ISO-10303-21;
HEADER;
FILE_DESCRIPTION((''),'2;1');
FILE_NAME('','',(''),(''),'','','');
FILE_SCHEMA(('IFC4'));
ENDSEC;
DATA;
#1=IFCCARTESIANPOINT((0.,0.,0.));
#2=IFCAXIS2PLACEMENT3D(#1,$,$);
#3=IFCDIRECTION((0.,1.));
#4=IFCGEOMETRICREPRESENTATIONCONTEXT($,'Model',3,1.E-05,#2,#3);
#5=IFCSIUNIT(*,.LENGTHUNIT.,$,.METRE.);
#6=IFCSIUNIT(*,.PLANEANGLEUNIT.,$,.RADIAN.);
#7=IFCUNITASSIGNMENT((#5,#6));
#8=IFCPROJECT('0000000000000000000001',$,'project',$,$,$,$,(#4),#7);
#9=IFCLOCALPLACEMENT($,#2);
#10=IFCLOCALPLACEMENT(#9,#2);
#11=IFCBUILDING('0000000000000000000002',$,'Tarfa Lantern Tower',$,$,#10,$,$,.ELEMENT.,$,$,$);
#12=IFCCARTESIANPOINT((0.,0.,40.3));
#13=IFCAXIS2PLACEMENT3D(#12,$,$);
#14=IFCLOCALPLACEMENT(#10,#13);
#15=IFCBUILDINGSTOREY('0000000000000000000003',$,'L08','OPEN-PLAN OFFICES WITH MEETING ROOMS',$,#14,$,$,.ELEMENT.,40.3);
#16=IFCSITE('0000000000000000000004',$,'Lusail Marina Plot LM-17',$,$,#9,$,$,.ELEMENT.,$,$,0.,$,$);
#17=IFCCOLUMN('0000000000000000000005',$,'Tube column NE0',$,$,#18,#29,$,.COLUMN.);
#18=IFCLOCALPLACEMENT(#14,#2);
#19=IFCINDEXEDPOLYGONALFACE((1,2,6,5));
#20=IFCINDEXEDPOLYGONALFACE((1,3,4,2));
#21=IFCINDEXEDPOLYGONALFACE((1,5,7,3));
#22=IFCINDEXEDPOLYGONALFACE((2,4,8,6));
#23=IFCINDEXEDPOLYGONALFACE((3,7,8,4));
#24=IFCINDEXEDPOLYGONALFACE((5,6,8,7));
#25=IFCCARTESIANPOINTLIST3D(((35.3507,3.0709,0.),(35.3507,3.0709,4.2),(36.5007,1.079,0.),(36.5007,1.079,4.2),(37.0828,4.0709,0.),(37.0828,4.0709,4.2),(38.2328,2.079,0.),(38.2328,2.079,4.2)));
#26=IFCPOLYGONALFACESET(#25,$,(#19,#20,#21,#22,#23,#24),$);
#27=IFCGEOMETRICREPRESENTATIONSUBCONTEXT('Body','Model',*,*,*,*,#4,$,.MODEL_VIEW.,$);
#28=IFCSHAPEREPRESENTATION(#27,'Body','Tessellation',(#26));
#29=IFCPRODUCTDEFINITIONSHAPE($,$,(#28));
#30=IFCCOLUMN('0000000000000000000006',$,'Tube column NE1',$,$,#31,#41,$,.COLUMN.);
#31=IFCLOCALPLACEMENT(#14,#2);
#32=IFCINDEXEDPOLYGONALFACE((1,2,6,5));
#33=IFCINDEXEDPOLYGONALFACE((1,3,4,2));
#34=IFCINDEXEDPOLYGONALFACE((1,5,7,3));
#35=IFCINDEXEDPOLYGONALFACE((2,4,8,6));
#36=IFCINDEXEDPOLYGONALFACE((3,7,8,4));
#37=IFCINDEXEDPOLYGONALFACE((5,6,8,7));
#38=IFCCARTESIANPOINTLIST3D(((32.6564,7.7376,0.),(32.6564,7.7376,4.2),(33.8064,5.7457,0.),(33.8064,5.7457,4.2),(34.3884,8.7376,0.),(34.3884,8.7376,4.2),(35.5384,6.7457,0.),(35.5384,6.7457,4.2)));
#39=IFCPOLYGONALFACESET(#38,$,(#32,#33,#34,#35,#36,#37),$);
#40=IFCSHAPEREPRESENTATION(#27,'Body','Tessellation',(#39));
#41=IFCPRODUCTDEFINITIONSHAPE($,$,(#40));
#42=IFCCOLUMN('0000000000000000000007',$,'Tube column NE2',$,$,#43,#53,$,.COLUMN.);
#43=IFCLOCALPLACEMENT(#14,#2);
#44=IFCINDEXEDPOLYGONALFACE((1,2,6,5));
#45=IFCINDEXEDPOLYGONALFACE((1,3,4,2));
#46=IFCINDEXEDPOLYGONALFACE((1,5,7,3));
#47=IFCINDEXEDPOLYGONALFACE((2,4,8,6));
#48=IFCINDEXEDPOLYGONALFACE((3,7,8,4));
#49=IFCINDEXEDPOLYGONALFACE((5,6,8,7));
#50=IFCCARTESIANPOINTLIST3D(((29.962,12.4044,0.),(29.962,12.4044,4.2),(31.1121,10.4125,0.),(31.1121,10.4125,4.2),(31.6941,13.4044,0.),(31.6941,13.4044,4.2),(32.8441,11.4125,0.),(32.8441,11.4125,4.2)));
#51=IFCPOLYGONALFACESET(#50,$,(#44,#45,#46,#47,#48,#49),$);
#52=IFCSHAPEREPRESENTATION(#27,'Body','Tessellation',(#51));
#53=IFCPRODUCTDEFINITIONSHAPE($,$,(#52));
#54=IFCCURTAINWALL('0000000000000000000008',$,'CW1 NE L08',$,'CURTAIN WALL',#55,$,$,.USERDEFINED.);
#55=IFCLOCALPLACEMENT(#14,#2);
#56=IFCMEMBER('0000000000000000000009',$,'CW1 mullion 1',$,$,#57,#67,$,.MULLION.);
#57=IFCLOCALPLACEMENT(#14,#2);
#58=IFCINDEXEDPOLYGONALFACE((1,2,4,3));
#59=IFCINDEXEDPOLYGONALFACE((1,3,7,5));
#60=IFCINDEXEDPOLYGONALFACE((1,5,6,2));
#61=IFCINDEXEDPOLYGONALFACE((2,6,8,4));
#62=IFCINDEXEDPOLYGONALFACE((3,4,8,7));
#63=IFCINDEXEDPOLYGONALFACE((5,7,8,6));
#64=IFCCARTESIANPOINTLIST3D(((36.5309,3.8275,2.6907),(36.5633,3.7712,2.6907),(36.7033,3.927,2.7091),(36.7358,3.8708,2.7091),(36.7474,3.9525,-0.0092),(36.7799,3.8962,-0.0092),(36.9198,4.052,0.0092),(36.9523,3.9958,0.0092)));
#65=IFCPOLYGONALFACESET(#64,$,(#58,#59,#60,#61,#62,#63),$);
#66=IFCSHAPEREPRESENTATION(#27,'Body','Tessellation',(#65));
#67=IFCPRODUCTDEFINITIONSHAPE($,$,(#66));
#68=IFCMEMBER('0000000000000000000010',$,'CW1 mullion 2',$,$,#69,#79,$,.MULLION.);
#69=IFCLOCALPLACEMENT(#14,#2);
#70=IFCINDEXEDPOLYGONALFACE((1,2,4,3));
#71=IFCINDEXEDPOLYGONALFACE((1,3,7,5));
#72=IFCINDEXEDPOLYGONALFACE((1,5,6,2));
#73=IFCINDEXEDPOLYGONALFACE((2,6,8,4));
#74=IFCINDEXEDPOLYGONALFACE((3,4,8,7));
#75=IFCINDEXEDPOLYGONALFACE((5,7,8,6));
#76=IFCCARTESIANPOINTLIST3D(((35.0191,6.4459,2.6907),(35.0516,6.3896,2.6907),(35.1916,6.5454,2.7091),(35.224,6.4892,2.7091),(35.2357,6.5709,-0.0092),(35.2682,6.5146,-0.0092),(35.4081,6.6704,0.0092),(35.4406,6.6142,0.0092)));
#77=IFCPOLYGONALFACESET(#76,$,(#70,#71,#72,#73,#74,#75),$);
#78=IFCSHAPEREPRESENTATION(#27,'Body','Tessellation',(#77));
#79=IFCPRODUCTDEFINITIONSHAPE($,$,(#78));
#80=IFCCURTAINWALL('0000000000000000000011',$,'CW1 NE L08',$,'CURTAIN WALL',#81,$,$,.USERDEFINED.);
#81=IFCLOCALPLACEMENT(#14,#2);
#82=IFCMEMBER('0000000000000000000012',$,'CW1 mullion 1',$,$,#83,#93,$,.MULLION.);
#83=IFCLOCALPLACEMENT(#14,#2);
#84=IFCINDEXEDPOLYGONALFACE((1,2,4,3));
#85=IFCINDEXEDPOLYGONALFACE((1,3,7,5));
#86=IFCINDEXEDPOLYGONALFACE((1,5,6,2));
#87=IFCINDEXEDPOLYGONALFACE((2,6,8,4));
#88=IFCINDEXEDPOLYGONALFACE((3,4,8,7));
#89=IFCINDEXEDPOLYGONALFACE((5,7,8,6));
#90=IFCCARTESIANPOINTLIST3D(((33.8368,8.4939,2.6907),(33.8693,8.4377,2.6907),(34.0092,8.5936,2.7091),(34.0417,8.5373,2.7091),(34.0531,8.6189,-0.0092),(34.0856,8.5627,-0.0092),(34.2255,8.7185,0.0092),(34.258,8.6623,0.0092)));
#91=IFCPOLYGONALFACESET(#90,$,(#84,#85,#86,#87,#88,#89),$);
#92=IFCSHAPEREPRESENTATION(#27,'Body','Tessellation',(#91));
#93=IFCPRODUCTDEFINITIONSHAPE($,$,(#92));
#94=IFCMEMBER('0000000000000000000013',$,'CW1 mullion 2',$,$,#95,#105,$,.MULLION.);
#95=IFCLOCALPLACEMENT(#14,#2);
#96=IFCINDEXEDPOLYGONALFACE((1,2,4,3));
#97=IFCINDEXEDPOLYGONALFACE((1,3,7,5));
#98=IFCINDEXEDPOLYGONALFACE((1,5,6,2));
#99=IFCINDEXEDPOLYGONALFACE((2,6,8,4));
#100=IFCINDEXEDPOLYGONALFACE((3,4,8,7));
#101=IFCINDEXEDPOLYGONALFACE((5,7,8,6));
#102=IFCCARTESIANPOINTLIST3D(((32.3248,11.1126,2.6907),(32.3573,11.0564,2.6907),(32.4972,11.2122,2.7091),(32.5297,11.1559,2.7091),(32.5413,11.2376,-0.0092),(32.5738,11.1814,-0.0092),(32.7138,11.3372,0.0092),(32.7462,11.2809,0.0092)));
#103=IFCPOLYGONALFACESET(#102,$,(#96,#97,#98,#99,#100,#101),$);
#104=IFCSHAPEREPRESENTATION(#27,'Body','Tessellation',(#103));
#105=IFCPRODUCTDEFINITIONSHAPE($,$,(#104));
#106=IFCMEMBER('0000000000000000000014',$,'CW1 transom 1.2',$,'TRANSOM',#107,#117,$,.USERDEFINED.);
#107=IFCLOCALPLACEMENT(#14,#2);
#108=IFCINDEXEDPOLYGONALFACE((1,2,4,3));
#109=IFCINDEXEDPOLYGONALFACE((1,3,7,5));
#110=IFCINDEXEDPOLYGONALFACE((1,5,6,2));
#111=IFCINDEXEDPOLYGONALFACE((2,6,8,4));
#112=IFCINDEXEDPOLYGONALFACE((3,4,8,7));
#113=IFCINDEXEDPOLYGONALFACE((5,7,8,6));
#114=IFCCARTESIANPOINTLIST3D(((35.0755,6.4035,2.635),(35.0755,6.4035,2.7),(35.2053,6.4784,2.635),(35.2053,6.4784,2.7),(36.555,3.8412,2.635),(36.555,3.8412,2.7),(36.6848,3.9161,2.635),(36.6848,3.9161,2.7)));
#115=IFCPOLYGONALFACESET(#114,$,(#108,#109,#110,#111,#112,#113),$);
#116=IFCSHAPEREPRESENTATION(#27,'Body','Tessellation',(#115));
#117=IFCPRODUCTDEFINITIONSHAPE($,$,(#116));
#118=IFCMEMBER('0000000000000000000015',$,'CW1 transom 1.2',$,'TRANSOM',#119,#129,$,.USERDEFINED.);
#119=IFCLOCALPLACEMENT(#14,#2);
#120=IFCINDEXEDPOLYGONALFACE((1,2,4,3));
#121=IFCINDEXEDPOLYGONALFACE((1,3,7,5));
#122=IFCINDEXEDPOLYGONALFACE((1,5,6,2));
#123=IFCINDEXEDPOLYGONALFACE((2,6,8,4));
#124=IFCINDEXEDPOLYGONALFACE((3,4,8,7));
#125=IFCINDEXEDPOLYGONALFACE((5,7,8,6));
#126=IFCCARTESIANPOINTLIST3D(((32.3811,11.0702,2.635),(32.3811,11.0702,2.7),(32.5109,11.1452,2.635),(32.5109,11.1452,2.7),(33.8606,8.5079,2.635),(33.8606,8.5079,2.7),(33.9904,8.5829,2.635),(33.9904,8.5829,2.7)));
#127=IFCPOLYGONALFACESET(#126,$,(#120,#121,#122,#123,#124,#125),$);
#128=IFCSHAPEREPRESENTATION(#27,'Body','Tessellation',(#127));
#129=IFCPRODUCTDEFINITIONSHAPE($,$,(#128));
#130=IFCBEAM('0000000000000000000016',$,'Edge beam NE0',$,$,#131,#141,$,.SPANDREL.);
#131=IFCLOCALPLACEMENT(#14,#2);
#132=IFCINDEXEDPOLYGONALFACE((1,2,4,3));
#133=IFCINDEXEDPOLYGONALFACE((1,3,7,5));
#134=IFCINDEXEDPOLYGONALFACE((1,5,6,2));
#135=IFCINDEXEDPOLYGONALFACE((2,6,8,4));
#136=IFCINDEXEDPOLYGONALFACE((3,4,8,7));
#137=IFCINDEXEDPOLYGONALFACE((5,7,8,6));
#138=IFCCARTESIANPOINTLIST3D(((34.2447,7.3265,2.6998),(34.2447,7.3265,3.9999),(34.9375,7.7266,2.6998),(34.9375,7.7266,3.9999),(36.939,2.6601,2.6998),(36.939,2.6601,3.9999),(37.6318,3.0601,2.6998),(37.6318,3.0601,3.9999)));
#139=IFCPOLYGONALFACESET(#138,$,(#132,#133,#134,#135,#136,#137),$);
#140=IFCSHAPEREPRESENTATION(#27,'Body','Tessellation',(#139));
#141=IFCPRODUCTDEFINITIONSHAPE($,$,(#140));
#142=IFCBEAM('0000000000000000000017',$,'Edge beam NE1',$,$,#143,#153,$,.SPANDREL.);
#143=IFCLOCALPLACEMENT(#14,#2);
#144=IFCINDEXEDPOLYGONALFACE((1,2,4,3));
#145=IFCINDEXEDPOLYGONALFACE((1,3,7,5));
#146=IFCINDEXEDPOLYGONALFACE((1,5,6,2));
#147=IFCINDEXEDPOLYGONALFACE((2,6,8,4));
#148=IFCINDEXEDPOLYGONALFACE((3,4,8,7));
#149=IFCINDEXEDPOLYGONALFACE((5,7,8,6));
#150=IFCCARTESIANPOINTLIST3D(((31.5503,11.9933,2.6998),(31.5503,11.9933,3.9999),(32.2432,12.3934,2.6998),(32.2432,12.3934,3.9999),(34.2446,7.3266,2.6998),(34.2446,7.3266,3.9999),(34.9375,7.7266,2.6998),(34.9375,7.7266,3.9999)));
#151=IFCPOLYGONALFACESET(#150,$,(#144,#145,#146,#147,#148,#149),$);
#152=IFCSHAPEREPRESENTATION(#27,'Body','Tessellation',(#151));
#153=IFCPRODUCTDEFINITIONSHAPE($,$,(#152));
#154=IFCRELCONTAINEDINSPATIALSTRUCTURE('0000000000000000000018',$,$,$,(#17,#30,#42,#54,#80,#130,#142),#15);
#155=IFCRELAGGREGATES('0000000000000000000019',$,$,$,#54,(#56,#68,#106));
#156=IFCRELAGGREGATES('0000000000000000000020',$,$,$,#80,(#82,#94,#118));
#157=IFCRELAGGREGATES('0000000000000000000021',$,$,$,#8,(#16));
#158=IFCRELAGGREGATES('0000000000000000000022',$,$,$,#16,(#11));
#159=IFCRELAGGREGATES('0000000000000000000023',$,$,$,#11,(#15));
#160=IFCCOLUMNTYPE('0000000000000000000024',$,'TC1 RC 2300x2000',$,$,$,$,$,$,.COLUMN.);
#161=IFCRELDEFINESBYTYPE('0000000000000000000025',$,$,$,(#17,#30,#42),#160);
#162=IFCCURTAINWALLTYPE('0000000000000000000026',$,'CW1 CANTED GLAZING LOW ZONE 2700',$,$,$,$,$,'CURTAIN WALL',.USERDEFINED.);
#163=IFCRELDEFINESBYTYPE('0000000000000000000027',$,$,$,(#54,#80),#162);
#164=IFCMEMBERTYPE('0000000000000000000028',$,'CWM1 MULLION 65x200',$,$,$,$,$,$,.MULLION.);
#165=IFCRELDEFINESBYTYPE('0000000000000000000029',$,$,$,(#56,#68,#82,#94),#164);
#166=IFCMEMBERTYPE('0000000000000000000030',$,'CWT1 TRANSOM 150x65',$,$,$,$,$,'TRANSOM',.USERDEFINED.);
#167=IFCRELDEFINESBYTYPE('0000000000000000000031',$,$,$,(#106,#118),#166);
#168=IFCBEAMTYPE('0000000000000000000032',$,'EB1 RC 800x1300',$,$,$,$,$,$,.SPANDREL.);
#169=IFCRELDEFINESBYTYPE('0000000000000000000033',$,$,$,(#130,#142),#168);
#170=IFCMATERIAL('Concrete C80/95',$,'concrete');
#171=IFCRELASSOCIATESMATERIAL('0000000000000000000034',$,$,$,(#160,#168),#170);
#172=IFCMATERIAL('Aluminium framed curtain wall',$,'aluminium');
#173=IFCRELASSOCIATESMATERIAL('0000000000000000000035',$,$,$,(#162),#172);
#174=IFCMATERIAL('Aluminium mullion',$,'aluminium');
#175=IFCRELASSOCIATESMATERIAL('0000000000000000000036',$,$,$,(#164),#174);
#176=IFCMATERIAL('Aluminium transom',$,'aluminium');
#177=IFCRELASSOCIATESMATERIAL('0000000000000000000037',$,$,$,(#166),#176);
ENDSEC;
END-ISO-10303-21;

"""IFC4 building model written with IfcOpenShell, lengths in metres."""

from ifc_helpers import new_model, si_unit, direction, frame, origin, origin_2d, place, context, subcontext, project, spatial, rectangle, extrude, material, material_profile, profile_set, type_object, element, aggregate, save


model = new_model("IFC4")

# Units and contexts
model_context = context("Model", 3, precision=1e-05, world=origin(), true_north=direction((0.0, 1.0)))
body_context = subcontext(model_context, "Body", "Model", "MODEL_VIEW")
ifc_project = project(units=[si_unit("LENGTHUNIT", "METRE"), si_unit("PLANEANGLEUNIT", "RADIAN")], contexts=[model_context])

# Site, building, storey
site_placement = place(None, origin())
site = spatial("IfcSite", under=ifc_project, at=site_placement, Name="Lusail Marina Plot LM-17", CompositionType="ELEMENT", RefElevation=0.0)
building_placement = place(site_placement, origin())
building = spatial("IfcBuilding", under=site, at=building_placement, Name="Tarfa Lantern Tower", CompositionType="ELEMENT")
storey_placement = place(building_placement, frame((0.0, 0.0, 40.3)))
storey = spatial("IfcBuildingStorey", under=building, at=storey_placement, Name="L08", Description="OPEN-PLAN OFFICES WITH MEETING ROOMS", CompositionType="ELEMENT", Elevation=40.3)

# Columns
ifc_material_1 = material(Name="Concrete C80/95", Category="concrete")
ifc_material_profile_1 = material_profile(ifc_material_1, rectangle(XDim=2.3, YDim=2.0, at=origin_2d()), Name="RC 2300x2000")
ifc_profile_set_1 = profile_set([ifc_material_profile_1], Name="Concrete C80/95")
column_type = type_object("IfcColumnType", Name="TC1 RC 2300x2000", PredefinedType="COLUMN", material=ifc_profile_set_1)
for number, where, z_axis, x_axis, name in (
    (1, (36.7917, 2.575, 0.0), (0.0, 0.0, 1.0), (-0.5, 0.866025, 0.0), "Tube column NE0"),
    (2, (34.0974, 7.2417, 0.0), (0.0, 0.0, 1.0), (-0.5, 0.866025, 0.0), "Tube column NE1"),
    (3, (31.4031, 11.9084, 0.0), (0.0, 0.0, 1.0), (-0.5, 0.866025, 0.0), "Tube column NE2"),
):
    element("IfcColumn", number, at=place(storey_placement, frame(where, z_axis=z_axis, x_axis=x_axis)), inside=storey, type_object=column_type, Name=name, PredefinedType="COLUMN", context=body_context, shape_type="SweptSolid", body=[
        extrude(rectangle(XDim=2.3, YDim=2.0, at=origin_2d()), origin(), (0.0, 0.0, 1.0), 4.2),
    ])

# Curtain walls, members
ifc_material_2 = material(Name="Aluminium framed curtain wall", Category="aluminium")
curtain_wall_type = type_object("IfcCurtainWallType", Name="CW1 CANTED GLAZING LOW ZONE 2700", ElementType="CURTAIN WALL", PredefinedType="USERDEFINED", material=ifc_material_2)
curtain_wall_1_placement = place(storey_placement, origin())
curtain_wall_1 = element("IfcCurtainWall", 4, at=curtain_wall_1_placement, inside=storey, type_object=curtain_wall_type, Name="CW1 NE L08", ObjectType="CURTAIN WALL", PredefinedType="USERDEFINED")
ifc_material_3 = material(Name="Aluminium mullion", Category="aluminium")
ifc_material_profile_2 = material_profile(ifc_material_3, rectangle(XDim=0.0649, YDim=0.2, at=origin_2d()), Name="AL MULLION 65x200")
ifc_profile_set_2 = profile_set([ifc_material_profile_2], Name="Aluminium mullion")
member_type_1 = type_object("IfcMemberType", Name="CWM1 MULLION 65x200", PredefinedType="MULLION", material=ifc_profile_set_2)
member_1_placement = place(storey_placement, frame((36.8499, 3.9741, 0.0), z_axis=(-0.079864, -0.0461, 0.995739), x_axis=(0.49992, -0.866072, 0.0)))
member_1 = element("IfcMember", 5, at=member_1_placement, type_object=member_type_1, Name="CW1 mullion 1", PredefinedType="MULLION", context=body_context, shape_type="SweptSolid", body=[
    extrude(rectangle(XDim=0.0649, YDim=0.2, at=origin_2d()), origin(), (0.0, 0.0, 1.0), 2.7114),
])
member_2_placement = place(storey_placement, frame((35.3381, 6.5925, 0.0), z_axis=(-0.079864, -0.0461, 0.995739), x_axis=(0.49992, -0.866072, 0.0)))
member_2 = element("IfcMember", 6, at=member_2_placement, type_object=member_type_1, Name="CW1 mullion 2", PredefinedType="MULLION", context=body_context, shape_type="SweptSolid", body=[
    extrude(rectangle(XDim=0.0649, YDim=0.2, at=origin_2d()), origin(), (0.0, 0.0, 1.0), 2.7114),
])
curtain_wall_2_placement = place(storey_placement, origin())
curtain_wall_2 = element("IfcCurtainWall", 7, at=curtain_wall_2_placement, inside=storey, type_object=curtain_wall_type, Name="CW1 NE L08", ObjectType="CURTAIN WALL", PredefinedType="USERDEFINED")
member_3_placement = place(storey_placement, frame((34.1555, 8.6406, 0.0), z_axis=(-0.079775, -0.0461, 0.995746), x_axis=(0.500343, -0.865827, 0.0)))
member_3 = element("IfcMember", 8, at=member_3_placement, type_object=member_type_1, Name="CW1 mullion 1", PredefinedType="MULLION", context=body_context, shape_type="SweptSolid", body=[
    extrude(rectangle(XDim=0.0649, YDim=0.2, at=origin_2d()), origin(), (0.0, 0.0, 1.0), 2.7114),
])
member_4_placement = place(storey_placement, frame((32.6438, 11.2593, 0.0), z_axis=(-0.079864, -0.0461, 0.995739), x_axis=(0.49992, -0.866072, 0.0)))
member_4 = element("IfcMember", 9, at=member_4_placement, type_object=member_type_1, Name="CW1 mullion 2", PredefinedType="MULLION", context=body_context, shape_type="SweptSolid", body=[
    extrude(rectangle(XDim=0.0649, YDim=0.2, at=origin_2d()), origin(), (0.0, 0.0, 1.0), 2.7114),
])

# Members
ifc_material_4 = material(Name="Aluminium transom", Category="aluminium")
ifc_material_profile_3 = material_profile(ifc_material_4, rectangle(XDim=0.1499, YDim=0.0649, at=origin_2d()), Name="AL TRANSOM 150x65")
ifc_profile_set_3 = profile_set([ifc_material_profile_3], Name="Aluminium transom")
member_type_2 = type_object("IfcMemberType", Name="CWT1 TRANSOM 150x65", ElementType="TRANSOM", PredefinedType="USERDEFINED", material=ifc_profile_set_3)
member_5_placement = place(storey_placement, frame((36.6199, 3.8787, 2.6675), z_axis=(-0.500044, 0.866, 0.0), x_axis=(-0.866, -0.500044, 0.0)))
member_5 = element("IfcMember", 10, at=member_5_placement, type_object=member_type_2, Name="CW1 transom 1.2", ObjectType="TRANSOM", PredefinedType="USERDEFINED", context=body_context, shape_type="SweptSolid", body=[
    extrude(rectangle(XDim=0.1499, YDim=0.0649, at=origin_2d()), origin(), (0.0, 0.0, 1.0), 2.9587),
])
member_6_placement = place(storey_placement, frame((33.9255, 8.5454, 2.6675), z_axis=(-0.500044, 0.866, 0.0), x_axis=(-0.866, -0.500044, 0.0)))
member_6 = element("IfcMember", 11, at=member_6_placement, type_object=member_type_2, Name="CW1 transom 1.2", ObjectType="TRANSOM", PredefinedType="USERDEFINED", context=body_context, shape_type="SweptSolid", body=[
    extrude(rectangle(XDim=0.1499, YDim=0.0649, at=origin_2d()), origin(), (0.0, 0.0, 1.0), 2.9587),
])

# Beams
ifc_material_profile_4 = material_profile(ifc_material_1, rectangle(XDim=0.8, YDim=1.3, at=origin_2d()), Name="RC 800x1300")
ifc_profile_set_4 = profile_set([ifc_material_profile_4], Name="Concrete C80/95")
beam_type_1 = type_object("IfcBeamType", Name="EB1 RC 800x1300", PredefinedType="SPANDREL", material=ifc_profile_set_4)
beam_1_placement = place(storey_placement, frame((37.2854, 2.8601, 3.3499), z_axis=(-0.500018, 0.866015, 0.0), x_axis=(-0.866015, -0.500018, 0.0)))
element("IfcBeam", 12, at=beam_1_placement, inside=storey, type_object=beam_type_1, Name="Edge beam NE0", PredefinedType="SPANDREL", context=body_context, shape_type="SweptSolid", body=[
    extrude(rectangle(XDim=0.8, YDim=1.3, at=origin_2d()), origin(), (0.0, 0.0, 1.0), 5.3884),
])
beam_2_placement = place(storey_placement, frame((34.5911, 7.5266, 3.3499), z_axis=(-0.499998, 0.866026, 0.0), x_axis=(-0.866026, -0.499998, 0.0)))
element("IfcBeam", 13, at=beam_2_placement, inside=storey, type_object=beam_type_1, Name="Edge beam NE1", PredefinedType="SPANDREL", context=body_context, shape_type="SweptSolid", body=[
    extrude(rectangle(XDim=0.8, YDim=1.3, at=origin_2d()), origin(), (0.0, 0.0, 1.0), 5.3887),
])

aggregate(curtain_wall_1, [member_1, member_2, member_5])
aggregate(curtain_wall_2, [member_3, member_4, member_6])

save(model, "model.ifc")
